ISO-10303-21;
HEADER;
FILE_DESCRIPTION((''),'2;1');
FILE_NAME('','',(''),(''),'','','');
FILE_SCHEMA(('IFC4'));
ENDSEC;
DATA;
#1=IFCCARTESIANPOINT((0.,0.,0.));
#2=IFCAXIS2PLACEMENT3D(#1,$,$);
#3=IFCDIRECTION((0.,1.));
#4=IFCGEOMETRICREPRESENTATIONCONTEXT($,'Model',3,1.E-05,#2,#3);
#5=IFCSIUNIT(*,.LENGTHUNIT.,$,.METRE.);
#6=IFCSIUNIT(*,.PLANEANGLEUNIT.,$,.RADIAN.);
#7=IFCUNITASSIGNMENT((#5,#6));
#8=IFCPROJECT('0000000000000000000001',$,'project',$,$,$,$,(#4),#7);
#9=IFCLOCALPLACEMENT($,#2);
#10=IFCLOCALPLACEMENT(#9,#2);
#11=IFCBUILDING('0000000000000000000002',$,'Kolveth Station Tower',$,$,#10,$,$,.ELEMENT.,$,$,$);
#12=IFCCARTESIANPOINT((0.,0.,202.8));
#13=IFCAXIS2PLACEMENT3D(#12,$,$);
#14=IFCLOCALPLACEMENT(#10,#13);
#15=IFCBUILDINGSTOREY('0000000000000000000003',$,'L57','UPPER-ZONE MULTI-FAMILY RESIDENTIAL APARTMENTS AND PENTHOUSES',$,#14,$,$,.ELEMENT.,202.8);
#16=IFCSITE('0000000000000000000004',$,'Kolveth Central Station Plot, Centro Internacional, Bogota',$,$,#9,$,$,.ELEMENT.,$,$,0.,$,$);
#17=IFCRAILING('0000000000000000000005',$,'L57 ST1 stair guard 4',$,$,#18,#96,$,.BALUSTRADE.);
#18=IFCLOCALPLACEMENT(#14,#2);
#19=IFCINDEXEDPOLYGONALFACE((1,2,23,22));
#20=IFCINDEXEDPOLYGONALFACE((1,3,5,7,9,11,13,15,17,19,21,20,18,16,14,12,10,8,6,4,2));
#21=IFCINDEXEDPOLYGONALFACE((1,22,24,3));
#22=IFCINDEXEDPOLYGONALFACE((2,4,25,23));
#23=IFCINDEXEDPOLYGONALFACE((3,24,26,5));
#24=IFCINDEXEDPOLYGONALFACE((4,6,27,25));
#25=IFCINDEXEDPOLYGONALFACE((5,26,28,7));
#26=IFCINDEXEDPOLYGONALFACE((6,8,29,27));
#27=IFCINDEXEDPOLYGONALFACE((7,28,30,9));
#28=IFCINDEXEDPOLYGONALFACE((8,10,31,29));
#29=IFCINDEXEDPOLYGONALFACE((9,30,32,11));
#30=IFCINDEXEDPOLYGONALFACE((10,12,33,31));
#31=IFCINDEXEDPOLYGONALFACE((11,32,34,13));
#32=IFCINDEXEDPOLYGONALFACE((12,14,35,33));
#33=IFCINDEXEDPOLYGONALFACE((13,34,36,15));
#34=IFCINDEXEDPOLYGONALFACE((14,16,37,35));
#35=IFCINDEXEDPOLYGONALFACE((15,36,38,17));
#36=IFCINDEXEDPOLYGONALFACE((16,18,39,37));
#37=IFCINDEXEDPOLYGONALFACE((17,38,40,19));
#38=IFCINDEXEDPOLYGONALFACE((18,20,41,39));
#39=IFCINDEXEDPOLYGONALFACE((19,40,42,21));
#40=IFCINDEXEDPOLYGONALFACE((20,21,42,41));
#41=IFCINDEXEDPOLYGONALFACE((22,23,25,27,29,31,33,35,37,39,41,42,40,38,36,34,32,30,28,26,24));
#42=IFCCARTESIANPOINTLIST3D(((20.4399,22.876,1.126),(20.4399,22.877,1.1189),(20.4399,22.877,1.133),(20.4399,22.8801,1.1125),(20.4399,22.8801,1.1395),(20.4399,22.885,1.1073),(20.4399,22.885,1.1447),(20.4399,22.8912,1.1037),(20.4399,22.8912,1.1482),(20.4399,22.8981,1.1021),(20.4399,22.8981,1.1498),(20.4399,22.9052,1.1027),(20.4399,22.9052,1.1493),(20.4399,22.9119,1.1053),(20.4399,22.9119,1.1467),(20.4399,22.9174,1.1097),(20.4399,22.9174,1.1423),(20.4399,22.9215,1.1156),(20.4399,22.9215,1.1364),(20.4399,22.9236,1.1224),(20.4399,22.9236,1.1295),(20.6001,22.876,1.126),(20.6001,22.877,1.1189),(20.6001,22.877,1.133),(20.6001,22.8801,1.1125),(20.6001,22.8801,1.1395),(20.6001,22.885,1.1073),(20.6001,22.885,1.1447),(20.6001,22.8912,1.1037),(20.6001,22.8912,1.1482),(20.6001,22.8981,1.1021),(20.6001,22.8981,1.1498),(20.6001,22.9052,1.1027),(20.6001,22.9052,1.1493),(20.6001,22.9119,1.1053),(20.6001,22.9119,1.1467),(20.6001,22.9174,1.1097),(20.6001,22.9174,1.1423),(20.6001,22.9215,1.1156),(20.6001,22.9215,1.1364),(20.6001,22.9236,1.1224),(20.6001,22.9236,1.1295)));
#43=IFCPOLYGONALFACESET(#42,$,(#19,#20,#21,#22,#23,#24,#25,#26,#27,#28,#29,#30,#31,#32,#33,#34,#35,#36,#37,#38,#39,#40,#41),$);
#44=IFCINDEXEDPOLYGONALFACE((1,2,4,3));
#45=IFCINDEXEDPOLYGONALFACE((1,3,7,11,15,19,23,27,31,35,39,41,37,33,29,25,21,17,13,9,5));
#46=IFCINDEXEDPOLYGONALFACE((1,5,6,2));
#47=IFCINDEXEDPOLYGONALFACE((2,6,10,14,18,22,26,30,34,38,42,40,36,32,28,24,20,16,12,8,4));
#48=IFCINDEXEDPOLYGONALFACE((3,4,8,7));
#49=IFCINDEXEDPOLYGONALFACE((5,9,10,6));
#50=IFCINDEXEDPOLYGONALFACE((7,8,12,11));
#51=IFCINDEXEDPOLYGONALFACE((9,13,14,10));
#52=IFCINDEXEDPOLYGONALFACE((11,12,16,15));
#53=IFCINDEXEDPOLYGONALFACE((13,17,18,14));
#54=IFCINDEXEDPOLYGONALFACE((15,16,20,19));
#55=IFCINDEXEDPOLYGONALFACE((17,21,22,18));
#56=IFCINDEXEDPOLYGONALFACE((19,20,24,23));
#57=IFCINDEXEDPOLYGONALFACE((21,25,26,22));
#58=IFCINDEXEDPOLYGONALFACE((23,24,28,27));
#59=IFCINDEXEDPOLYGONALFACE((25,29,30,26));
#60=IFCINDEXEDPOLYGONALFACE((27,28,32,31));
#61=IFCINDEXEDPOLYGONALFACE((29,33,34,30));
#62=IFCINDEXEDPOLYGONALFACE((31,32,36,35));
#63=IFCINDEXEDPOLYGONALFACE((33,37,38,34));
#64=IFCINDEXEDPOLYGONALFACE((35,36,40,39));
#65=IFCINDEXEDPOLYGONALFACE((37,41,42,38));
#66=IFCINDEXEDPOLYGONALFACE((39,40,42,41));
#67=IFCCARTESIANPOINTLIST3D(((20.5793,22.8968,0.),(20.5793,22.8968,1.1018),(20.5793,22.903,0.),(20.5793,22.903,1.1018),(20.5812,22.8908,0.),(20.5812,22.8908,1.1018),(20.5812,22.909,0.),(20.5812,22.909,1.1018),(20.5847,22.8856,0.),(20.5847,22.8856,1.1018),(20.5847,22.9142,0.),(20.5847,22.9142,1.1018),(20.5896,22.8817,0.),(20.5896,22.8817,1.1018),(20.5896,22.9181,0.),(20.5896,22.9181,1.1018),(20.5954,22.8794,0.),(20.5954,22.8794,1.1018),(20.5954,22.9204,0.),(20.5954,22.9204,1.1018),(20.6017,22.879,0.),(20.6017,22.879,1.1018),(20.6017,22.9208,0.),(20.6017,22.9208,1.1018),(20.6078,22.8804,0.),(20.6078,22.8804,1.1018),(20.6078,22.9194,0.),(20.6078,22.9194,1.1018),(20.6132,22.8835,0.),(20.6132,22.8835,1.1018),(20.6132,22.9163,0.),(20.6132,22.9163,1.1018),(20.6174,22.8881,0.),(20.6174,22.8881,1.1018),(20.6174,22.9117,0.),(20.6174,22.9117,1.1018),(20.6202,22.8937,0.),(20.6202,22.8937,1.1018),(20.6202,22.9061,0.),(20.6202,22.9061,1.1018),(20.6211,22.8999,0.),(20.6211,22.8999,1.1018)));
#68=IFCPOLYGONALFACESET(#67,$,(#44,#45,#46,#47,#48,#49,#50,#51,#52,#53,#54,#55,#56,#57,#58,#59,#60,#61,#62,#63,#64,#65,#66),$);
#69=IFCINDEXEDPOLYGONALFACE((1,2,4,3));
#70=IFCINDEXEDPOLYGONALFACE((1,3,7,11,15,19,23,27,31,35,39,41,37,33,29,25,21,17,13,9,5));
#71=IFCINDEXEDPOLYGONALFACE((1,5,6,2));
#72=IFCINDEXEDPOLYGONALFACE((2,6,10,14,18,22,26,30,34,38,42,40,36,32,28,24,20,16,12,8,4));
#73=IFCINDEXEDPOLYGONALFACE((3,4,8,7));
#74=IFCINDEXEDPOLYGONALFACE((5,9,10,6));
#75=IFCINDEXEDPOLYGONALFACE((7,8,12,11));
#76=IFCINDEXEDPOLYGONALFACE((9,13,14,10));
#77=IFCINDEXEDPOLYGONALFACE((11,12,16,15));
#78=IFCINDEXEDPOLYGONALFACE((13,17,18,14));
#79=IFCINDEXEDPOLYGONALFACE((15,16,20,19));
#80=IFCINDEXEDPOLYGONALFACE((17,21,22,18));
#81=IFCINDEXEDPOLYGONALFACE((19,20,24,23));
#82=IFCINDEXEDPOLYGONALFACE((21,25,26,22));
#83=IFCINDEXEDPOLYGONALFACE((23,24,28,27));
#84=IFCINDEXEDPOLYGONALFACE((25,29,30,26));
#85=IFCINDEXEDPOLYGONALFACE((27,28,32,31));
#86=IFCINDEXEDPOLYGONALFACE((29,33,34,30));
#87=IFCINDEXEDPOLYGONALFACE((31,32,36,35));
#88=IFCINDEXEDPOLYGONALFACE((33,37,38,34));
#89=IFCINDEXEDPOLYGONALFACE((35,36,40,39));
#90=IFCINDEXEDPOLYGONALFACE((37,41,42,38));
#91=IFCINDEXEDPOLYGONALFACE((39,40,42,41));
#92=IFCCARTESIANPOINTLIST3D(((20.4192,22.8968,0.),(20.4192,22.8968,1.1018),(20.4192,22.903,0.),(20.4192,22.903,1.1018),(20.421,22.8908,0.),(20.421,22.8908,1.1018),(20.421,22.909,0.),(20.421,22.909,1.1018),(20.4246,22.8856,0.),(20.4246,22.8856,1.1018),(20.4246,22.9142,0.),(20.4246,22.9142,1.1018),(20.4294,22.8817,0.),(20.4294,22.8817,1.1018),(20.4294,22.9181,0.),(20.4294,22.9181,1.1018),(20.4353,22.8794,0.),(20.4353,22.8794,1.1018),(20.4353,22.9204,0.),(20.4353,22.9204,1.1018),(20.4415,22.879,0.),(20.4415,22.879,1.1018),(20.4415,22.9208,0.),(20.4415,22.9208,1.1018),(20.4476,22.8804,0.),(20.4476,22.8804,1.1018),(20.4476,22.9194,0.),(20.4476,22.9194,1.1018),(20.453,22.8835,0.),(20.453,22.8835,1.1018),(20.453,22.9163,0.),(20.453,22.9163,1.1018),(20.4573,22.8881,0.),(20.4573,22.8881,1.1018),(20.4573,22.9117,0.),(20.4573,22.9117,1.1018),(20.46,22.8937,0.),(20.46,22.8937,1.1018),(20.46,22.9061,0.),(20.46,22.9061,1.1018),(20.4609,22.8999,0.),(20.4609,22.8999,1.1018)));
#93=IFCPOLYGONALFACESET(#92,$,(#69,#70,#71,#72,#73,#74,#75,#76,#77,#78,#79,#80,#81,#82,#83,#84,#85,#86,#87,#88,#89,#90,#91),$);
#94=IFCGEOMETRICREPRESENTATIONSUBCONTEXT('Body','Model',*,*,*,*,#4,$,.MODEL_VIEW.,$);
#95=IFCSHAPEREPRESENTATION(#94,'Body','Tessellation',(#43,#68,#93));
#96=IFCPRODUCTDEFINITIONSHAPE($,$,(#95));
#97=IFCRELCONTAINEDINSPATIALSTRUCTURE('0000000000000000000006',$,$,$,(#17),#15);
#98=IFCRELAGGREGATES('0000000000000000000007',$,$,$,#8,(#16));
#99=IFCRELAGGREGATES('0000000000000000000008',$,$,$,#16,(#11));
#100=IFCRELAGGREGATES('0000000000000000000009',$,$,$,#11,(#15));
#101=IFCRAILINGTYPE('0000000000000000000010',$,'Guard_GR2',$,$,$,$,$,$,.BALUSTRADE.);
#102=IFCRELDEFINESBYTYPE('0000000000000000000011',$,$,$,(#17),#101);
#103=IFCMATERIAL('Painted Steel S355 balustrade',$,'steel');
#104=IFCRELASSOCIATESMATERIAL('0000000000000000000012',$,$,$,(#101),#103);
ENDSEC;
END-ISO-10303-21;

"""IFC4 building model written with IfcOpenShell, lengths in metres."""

from ifc_helpers import new_model, si_unit, direction, frame, origin, origin_2d, place, context, subcontext, project, spatial, circle, extrude, material, type_object, element, save


model = new_model("IFC4")

# Units and contexts
model_context = context("Model", 3, precision=1e-05, world=origin(), true_north=direction((0.0, 1.0)))
body_context = subcontext(model_context, "Body", "Model", "MODEL_VIEW")
ifc_project = project(units=[si_unit("LENGTHUNIT", "METRE"), si_unit("PLANEANGLEUNIT", "RADIAN")], contexts=[model_context])

# Site, building, storey
site_placement = place(None, origin())
site = spatial("IfcSite", under=ifc_project, at=site_placement, Name="Kolveth Central Station Plot, Centro Internacional, Bogota", CompositionType="ELEMENT", RefElevation=0.0)
building_placement = place(site_placement, origin())
building = spatial("IfcBuilding", under=site, at=building_placement, Name="Kolveth Station Tower", CompositionType="ELEMENT")
storey_placement = place(building_placement, frame((0.0, 0.0, 202.8)))
storey = spatial("IfcBuildingStorey", under=building, at=storey_placement, Name="L57", Description="UPPER-ZONE MULTI-FAMILY RESIDENTIAL APARTMENTS AND PENTHOUSES", CompositionType="ELEMENT", Elevation=202.8)

# Railing
ifc_material_1 = material(Name="Painted Steel S355 balustrade", Category="steel")
railing_type_1 = type_object("IfcRailingType", Name="Guard_GR2", PredefinedType="BALUSTRADE", material=ifc_material_1)
railing_1_placement = place(storey_placement, frame((20.6001, 22.8999, 0.0)))
element("IfcRailing", 1, at=railing_1_placement, inside=storey, type_object=railing_type_1, Name="L57 ST1 stair guard 4", PredefinedType="BALUSTRADE", context=body_context, shape_type="SweptSolid", body=[
    extrude(circle(Radius=0.0239, at=origin_2d()), frame((0.0, 0.0, 1.126), z_axis=(-1.0, 0.0, 0.0), x_axis=(0.0, -1.0, 0.0)), (0.0, 0.0, 1.0), 0.1602),
    extrude(circle(Radius=0.021, at=origin_2d()), origin(), (0.0, 0.0, 1.0), 1.1018),
    extrude(circle(Radius=0.021, at=origin_2d()), frame((-0.1602, 0.0, 0.0)), (0.0, 0.0, 1.0), 1.1018),
])

save(model, "model.ifc")
